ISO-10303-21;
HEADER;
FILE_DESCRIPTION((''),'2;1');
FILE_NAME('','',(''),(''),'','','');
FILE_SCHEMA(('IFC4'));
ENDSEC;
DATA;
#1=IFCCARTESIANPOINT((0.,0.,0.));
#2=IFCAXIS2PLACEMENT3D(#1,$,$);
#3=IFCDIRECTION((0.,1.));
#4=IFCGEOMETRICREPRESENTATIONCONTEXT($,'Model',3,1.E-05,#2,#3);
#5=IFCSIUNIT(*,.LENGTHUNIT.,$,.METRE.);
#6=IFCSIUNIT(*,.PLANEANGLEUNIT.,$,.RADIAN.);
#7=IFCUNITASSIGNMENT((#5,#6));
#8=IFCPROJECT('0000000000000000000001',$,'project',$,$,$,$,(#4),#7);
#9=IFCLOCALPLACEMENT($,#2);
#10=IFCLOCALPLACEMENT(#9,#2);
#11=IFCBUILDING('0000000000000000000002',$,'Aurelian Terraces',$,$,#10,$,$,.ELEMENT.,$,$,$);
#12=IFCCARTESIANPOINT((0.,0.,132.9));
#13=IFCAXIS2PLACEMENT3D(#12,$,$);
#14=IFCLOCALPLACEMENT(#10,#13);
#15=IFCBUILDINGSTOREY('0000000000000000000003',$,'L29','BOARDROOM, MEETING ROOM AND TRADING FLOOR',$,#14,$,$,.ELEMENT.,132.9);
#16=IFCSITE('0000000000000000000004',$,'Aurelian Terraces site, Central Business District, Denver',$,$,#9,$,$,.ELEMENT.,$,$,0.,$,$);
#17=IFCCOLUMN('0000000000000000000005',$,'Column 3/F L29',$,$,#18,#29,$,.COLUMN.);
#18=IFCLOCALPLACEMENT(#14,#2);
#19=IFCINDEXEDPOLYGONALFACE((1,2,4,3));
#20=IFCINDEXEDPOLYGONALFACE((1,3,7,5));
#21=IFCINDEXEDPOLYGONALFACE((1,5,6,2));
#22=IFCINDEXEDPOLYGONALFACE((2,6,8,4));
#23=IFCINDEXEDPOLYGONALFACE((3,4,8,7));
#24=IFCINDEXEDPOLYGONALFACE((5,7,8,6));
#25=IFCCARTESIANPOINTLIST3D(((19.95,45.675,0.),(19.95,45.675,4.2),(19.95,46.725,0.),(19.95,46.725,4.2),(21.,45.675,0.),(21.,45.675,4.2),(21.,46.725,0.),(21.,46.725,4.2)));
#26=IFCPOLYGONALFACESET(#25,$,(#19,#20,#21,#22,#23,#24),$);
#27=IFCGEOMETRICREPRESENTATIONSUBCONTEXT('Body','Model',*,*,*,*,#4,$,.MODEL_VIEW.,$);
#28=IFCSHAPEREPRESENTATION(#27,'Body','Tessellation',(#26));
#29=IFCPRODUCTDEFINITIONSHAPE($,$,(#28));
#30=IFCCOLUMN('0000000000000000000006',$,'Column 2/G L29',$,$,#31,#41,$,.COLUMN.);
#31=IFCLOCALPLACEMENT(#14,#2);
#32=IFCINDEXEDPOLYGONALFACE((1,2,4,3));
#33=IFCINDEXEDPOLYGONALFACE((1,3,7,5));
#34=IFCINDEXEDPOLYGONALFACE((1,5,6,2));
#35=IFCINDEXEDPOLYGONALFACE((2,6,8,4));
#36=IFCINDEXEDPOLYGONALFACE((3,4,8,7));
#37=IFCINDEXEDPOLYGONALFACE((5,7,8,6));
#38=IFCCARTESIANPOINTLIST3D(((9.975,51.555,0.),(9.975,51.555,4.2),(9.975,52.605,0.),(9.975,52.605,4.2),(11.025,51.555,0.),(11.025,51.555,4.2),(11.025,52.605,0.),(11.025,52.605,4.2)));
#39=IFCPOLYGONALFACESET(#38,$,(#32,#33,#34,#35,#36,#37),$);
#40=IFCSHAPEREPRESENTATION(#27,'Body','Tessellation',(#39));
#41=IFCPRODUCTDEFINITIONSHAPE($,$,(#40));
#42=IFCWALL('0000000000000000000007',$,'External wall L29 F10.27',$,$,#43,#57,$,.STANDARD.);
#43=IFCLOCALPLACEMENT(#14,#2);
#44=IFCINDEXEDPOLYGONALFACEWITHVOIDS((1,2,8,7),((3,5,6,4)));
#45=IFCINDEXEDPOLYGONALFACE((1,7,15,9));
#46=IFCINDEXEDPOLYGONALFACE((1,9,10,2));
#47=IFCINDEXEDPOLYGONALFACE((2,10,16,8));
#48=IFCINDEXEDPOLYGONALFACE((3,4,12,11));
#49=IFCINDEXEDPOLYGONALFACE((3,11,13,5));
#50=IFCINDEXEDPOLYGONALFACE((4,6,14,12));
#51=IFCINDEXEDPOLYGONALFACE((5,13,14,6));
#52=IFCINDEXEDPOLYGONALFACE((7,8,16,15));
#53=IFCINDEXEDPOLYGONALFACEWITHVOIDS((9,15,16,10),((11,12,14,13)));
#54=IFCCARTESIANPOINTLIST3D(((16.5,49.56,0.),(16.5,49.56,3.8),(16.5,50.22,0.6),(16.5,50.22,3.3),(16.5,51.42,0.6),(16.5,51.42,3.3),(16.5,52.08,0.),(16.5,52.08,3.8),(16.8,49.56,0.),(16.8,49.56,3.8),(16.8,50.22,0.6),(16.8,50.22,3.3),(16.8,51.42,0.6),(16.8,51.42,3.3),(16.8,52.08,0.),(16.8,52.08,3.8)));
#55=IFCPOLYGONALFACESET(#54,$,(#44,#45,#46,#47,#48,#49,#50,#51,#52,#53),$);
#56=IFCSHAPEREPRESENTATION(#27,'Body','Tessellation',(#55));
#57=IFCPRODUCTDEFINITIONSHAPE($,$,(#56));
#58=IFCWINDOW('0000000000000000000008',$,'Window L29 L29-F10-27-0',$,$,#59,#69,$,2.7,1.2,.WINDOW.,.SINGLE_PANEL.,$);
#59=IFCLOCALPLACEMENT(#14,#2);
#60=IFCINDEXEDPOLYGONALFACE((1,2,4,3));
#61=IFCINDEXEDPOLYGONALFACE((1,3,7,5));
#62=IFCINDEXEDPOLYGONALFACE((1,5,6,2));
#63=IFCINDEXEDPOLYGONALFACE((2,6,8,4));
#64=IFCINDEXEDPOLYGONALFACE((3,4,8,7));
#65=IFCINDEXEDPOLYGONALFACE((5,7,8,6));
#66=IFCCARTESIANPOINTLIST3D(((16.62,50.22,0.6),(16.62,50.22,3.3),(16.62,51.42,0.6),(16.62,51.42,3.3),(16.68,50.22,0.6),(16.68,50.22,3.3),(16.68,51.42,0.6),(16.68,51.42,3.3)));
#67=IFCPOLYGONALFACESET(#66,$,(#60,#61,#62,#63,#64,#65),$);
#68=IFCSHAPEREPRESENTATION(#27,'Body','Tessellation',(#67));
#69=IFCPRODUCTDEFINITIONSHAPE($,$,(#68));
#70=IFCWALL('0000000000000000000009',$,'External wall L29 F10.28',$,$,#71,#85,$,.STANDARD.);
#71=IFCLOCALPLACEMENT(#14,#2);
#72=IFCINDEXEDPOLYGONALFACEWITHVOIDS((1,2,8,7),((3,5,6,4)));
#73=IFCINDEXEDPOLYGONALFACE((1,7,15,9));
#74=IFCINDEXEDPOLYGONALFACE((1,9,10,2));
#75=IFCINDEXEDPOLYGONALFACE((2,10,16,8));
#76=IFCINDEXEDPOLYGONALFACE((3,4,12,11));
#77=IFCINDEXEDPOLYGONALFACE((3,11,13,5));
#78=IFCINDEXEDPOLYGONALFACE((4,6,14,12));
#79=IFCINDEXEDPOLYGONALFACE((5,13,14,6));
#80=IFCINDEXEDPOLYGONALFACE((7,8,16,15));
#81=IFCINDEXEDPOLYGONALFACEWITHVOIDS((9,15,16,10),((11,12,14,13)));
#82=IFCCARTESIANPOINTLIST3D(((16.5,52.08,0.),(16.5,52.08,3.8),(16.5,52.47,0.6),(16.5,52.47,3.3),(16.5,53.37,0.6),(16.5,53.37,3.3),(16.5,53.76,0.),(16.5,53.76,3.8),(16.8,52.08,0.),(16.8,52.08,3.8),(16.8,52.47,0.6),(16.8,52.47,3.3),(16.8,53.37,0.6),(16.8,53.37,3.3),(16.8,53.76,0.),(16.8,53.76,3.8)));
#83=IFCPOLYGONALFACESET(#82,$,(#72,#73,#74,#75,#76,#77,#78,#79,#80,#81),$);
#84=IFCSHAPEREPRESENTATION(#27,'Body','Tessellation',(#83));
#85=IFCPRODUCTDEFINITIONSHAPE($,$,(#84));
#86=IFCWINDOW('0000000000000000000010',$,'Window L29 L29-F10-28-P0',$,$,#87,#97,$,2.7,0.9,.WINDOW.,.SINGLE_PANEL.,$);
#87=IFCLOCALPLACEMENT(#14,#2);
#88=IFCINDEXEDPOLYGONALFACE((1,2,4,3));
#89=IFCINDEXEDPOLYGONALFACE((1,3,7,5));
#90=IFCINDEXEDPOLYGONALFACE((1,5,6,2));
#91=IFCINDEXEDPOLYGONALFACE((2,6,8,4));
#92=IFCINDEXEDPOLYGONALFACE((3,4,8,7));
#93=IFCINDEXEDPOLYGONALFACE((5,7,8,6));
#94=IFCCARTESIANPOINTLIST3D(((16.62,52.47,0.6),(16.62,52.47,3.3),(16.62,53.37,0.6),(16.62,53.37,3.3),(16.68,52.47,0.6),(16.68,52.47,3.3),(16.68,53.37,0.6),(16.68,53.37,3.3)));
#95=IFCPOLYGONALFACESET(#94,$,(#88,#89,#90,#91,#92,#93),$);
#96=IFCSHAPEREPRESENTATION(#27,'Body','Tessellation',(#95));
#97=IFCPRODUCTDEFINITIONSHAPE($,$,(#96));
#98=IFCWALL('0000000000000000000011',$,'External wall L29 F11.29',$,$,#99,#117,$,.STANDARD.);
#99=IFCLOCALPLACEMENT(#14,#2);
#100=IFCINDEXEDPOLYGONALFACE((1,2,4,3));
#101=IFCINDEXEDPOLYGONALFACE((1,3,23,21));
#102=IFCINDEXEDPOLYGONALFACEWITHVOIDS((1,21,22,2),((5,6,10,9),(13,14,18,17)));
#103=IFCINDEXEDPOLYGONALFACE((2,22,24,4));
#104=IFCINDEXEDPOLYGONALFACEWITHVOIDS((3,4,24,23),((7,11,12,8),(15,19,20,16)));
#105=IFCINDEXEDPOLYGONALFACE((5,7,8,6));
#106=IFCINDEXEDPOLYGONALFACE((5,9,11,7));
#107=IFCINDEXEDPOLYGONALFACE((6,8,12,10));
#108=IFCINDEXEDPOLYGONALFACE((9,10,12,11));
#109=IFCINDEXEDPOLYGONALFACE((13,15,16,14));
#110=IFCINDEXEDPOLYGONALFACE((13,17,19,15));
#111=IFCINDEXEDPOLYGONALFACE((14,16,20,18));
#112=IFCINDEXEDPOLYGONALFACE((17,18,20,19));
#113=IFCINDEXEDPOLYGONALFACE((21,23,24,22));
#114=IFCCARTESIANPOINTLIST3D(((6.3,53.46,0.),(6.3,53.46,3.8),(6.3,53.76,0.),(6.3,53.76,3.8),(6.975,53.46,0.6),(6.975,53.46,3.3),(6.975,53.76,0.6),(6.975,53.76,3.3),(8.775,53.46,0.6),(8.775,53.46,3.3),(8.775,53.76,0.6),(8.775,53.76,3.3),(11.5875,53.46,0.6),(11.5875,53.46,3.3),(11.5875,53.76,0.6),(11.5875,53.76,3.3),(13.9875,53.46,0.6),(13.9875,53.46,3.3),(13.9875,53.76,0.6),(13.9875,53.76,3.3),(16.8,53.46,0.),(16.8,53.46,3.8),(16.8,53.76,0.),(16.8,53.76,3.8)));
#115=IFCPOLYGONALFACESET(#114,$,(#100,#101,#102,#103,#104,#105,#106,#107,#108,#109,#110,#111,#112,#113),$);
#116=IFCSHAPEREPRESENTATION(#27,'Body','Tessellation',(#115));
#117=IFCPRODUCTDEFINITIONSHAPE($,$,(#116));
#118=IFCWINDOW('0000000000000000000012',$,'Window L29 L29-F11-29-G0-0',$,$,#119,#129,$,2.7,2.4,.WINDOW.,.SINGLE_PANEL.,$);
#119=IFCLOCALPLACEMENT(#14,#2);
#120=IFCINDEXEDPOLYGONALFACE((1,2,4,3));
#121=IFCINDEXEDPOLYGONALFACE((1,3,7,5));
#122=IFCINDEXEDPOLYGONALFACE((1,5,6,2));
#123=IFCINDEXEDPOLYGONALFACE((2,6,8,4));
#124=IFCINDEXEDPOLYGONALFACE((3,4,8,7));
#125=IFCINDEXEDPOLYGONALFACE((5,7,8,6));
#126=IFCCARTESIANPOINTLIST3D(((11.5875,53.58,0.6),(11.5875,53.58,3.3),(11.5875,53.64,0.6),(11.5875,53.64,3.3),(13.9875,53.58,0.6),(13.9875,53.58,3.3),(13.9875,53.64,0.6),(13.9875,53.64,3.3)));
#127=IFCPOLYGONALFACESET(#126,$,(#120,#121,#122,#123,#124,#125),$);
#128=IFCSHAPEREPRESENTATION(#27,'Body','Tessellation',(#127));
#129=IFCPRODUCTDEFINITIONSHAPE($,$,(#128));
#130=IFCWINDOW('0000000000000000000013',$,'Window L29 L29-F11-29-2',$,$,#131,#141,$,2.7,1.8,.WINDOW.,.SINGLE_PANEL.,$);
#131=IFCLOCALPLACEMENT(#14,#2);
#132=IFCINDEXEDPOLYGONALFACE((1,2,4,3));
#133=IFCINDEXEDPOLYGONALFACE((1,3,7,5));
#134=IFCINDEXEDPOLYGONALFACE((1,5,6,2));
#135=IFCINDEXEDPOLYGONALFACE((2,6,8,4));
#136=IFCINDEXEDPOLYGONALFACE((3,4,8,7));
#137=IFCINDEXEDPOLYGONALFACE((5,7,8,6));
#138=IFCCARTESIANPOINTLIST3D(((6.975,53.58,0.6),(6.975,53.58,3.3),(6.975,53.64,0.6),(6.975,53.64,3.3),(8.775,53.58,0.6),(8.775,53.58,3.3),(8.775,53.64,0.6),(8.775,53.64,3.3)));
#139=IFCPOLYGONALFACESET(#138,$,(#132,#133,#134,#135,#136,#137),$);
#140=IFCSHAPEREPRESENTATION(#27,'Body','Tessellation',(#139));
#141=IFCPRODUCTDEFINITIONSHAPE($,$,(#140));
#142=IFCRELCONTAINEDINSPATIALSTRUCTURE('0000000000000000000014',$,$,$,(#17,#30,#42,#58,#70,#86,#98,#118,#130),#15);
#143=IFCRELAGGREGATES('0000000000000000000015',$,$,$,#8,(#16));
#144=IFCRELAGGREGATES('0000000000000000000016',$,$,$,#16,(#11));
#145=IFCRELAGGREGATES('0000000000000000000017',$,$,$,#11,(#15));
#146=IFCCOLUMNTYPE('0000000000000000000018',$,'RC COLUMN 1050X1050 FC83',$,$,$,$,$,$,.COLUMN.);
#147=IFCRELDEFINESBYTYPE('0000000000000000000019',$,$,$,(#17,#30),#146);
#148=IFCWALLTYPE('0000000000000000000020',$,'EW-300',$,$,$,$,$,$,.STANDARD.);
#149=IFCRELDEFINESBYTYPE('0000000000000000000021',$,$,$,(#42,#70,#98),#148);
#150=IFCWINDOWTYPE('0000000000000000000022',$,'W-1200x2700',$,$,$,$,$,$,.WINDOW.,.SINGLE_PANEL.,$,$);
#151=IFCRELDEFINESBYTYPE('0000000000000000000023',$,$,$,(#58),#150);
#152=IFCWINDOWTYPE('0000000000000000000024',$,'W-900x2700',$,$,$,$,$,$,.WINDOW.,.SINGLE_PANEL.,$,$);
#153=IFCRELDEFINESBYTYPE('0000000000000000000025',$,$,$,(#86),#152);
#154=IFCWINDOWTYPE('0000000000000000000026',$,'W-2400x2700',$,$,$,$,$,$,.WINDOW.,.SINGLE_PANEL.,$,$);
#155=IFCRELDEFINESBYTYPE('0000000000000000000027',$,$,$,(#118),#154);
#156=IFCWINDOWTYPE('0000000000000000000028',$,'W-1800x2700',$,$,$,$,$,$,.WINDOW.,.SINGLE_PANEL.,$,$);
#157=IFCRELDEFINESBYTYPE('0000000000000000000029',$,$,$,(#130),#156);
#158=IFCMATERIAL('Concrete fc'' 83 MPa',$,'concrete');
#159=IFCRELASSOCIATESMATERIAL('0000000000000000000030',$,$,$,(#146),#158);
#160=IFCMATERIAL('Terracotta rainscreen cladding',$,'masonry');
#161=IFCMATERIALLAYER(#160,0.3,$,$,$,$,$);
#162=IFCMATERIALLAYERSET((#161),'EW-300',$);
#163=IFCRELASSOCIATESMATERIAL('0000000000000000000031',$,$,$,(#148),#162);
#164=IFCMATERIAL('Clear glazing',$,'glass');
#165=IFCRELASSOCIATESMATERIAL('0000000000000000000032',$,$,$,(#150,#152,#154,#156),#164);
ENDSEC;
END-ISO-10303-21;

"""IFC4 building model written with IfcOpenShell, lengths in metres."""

from ifc_helpers import new_model, si_unit, direction, frame, frame_2d, origin, origin_2d, place, context, subcontext, project, spatial, rectangle, extrude, source, transform, mapped, material, layer, layer_set, material_profile, profile_set, type_object, element, fill, save


model = new_model("IFC4")

# Units and contexts
model_context = context("Model", 3, precision=1e-05, world=origin(), true_north=direction((0.0, 1.0)))
body_context = subcontext(model_context, "Body", "Model", "MODEL_VIEW")
ifc_project = project(units=[si_unit("LENGTHUNIT", "METRE"), si_unit("PLANEANGLEUNIT", "RADIAN")], contexts=[model_context])

# Site, building, storey
site_placement = place(None, origin())
site = spatial("IfcSite", under=ifc_project, at=site_placement, Name="Aurelian Terraces site, Central Business District, Denver", CompositionType="ELEMENT", RefElevation=0.0)
building_placement = place(site_placement, origin())
building = spatial("IfcBuilding", under=site, at=building_placement, Name="Aurelian Terraces", CompositionType="ELEMENT")
storey_placement = place(building_placement, frame((0.0, 0.0, 132.9)))
storey = spatial("IfcBuildingStorey", under=building, at=storey_placement, Name="L29", Description="BOARDROOM, MEETING ROOM AND TRADING FLOOR", CompositionType="ELEMENT", Elevation=132.9)

# Columns
ifc_material_1 = material(Name="Concrete fc' 83 MPa", Category="concrete")
ifc_material_profile = material_profile(ifc_material_1, rectangle(XDim=1.05, YDim=1.05, at=origin_2d()))
ifc_profile_set = profile_set([ifc_material_profile], Name="Concrete fc' 83 MPa")
column_type = type_object("IfcColumnType", Name="RC COLUMN 1050X1050 FC83", PredefinedType="COLUMN", material=ifc_profile_set)
shared_shape_1 = source(origin(), body_context, "Body", "SweptSolid", [
    extrude(rectangle(XDim=1.05, YDim=1.05, at=origin_2d()), origin(), (0.0, 0.0, 1.0), 4.2),
])
for number, where, z_axis, x_axis, name in (
    (1, (20.475, 46.2, 0.0), (0.0, 0.0, 1.0), (1.0, 0.0, 0.0), "Column 3/F L29"),
    (2, (10.5, 52.08, 0.0), (0.0, 0.0, 1.0), (1.0, 0.0, 0.0), "Column 2/G L29"),
):
    element("IfcColumn", number, at=place(storey_placement, frame(where, z_axis=z_axis, x_axis=x_axis)), inside=storey, type_object=column_type, Name=name, PredefinedType="COLUMN", context=body_context, shape_type="MappedRepresentation", body=[
        mapped(shared_shape_1, transform((0.0, 0.0, 0.0), scale=1.0)),
    ])

# Walls, openings, windows
ifc_material_2 = material(Name="Terracotta rainscreen cladding", Category="masonry")
ifc_layer_1 = layer(ifc_material_2, 0.3)
ifc_layer_set_1 = layer_set([ifc_layer_1], Name="EW-300")
wall_type_1 = type_object("IfcWallType", Name="EW-300", PredefinedType="STANDARD", material=ifc_layer_set_1)
shared_shape_2 = source(origin(), body_context, "Body", "SweptSolid", [
    extrude(rectangle(XDim=2.52, YDim=0.3, at=frame_2d((1.26, 0.0))), origin(), (0.0, 0.0, 1.0), 3.8),
])
wall_1_placement = place(storey_placement, frame((16.65, 49.56, 0.0), z_axis=(0.0, 0.0, 1.0), x_axis=(0.0, 1.0, 0.0)))
wall_1 = element("IfcWall", 3, at=wall_1_placement, inside=storey, type_object=wall_type_1, Name="External wall L29 F10.27", PredefinedType="STANDARD", context=body_context, shape_type="MappedRepresentation", body=[
    mapped(shared_shape_2, transform((0.0, 0.0, 0.0), scale=1.0)),
])
shared_shape_3 = source(origin(), body_context, "Body", "SweptSolid", [
    extrude(rectangle(XDim=1.2, YDim=2.7, at=frame_2d((0.6, 1.35))), frame((0.0, 0.16, 0.0), z_axis=(0.0, -1.0, 0.0), x_axis=(1.0, 0.0, 0.0)), (0.0, 0.0, 1.0), 0.32),
])
opening_1_placement = place(wall_1_placement, frame((0.66, 0.0, 0.6)))
opening_1 = element("IfcOpeningElement", 4, at=opening_1_placement, cuts=wall_1, PredefinedType="OPENING", context=body_context, shape_type="MappedRepresentation", body=[
    mapped(shared_shape_3, transform((0.0, 0.0, 0.0), scale=1.0)),
])
ifc_material_3 = material(Name="Clear glazing", Category="glass")
window_type_1 = type_object("IfcWindowType", Name="W-1200x2700", PartitioningType="SINGLE_PANEL", PredefinedType="WINDOW", material=ifc_material_3)
shared_shape_4 = source(origin(), body_context, "Body", "SweptSolid", [
    extrude(rectangle(XDim=1.2, YDim=2.7, at=frame_2d((0.6, 1.35))), frame((0.0, 0.03, 0.0), z_axis=(0.0, -1.0, 0.0), x_axis=(1.0, 0.0, 0.0)), (0.0, 0.0, 1.0), 0.06),
])
window_1_placement = place(opening_1_placement, origin())
window_1 = element("IfcWindow", 5, at=window_1_placement, inside=storey, type_object=window_type_1, Name="Window L29 L29-F10-27-0", OverallHeight=2.7, OverallWidth=1.2, PartitioningType="SINGLE_PANEL", PredefinedType="WINDOW", context=body_context, shape_type="MappedRepresentation", body=[
    mapped(shared_shape_4, transform((0.0, 0.0, 0.0), scale=1.0)),
])
fill(opening_1, window_1)
shared_shape_5 = source(origin(), body_context, "Body", "SweptSolid", [
    extrude(rectangle(XDim=1.68, YDim=0.3, at=frame_2d((0.84, 0.0))), origin(), (0.0, 0.0, 1.0), 3.8),
])
wall_2_placement = place(storey_placement, frame((16.65, 52.08, 0.0), z_axis=(0.0, 0.0, 1.0), x_axis=(0.0, 1.0, 0.0)))
wall_2 = element("IfcWall", 6, at=wall_2_placement, inside=storey, type_object=wall_type_1, Name="External wall L29 F10.28", PredefinedType="STANDARD", context=body_context, shape_type="MappedRepresentation", body=[
    mapped(shared_shape_5, transform((0.0, 0.0, 0.0), scale=1.0)),
])
shared_shape_6 = source(origin(), body_context, "Body", "SweptSolid", [
    extrude(rectangle(XDim=0.9, YDim=2.7, at=frame_2d((0.45, 1.35))), frame((0.0, 0.16, 0.0), z_axis=(0.0, -1.0, 0.0), x_axis=(1.0, 0.0, 0.0)), (0.0, 0.0, 1.0), 0.32),
])
opening_2_placement = place(wall_2_placement, frame((0.39, 0.0, 0.6)))
opening_2 = element("IfcOpeningElement", 7, at=opening_2_placement, cuts=wall_2, PredefinedType="OPENING", context=body_context, shape_type="MappedRepresentation", body=[
    mapped(shared_shape_6, transform((0.0, 0.0, 0.0), scale=1.0)),
])
window_type_2 = type_object("IfcWindowType", Name="W-900x2700", PartitioningType="SINGLE_PANEL", PredefinedType="WINDOW", material=ifc_material_3)
shared_shape_7 = source(origin(), body_context, "Body", "SweptSolid", [
    extrude(rectangle(XDim=0.9, YDim=2.7, at=frame_2d((0.45, 1.35))), frame((0.0, 0.03, 0.0), z_axis=(0.0, -1.0, 0.0), x_axis=(1.0, 0.0, 0.0)), (0.0, 0.0, 1.0), 0.06),
])
window_2_placement = place(opening_2_placement, origin())
window_2 = element("IfcWindow", 8, at=window_2_placement, inside=storey, type_object=window_type_2, Name="Window L29 L29-F10-28-P0", OverallHeight=2.7, OverallWidth=0.9, PartitioningType="SINGLE_PANEL", PredefinedType="WINDOW", context=body_context, shape_type="MappedRepresentation", body=[
    mapped(shared_shape_7, transform((0.0, 0.0, 0.0), scale=1.0)),
])
fill(opening_2, window_2)

# Wall, openings, windows
shared_shape_8 = source(origin(), body_context, "Body", "SweptSolid", [
    extrude(rectangle(XDim=10.5, YDim=0.3, at=frame_2d((5.25, 0.0))), origin(), (0.0, 0.0, 1.0), 3.8),
])
wall_3_placement = place(storey_placement, frame((16.8, 53.61, 0.0), z_axis=(0.0, 0.0, 1.0), x_axis=(-1.0, 0.0, 0.0)))
wall_3 = element("IfcWall", 9, at=wall_3_placement, inside=storey, type_object=wall_type_1, Name="External wall L29 F11.29", PredefinedType="STANDARD", context=body_context, shape_type="MappedRepresentation", body=[
    mapped(shared_shape_8, transform((0.0, 0.0, 0.0), scale=1.0)),
])
shared_shape_9 = source(origin(), body_context, "Body", "SweptSolid", [
    extrude(rectangle(XDim=1.8, YDim=2.7, at=frame_2d((0.9, 1.35))), frame((0.0, 0.16, 0.0), z_axis=(0.0, -1.0, 0.0), x_axis=(1.0, 0.0, 0.0)), (0.0, 0.0, 1.0), 0.32),
])
opening_3_placement = place(wall_3_placement, frame((8.025, 0.0, 0.6)))
opening_3 = element("IfcOpeningElement", 10, at=opening_3_placement, cuts=wall_3, PredefinedType="OPENING", context=body_context, shape_type="MappedRepresentation", body=[
    mapped(shared_shape_9, transform((0.0, 0.0, 0.0), scale=1.0)),
])
shared_shape_10 = source(origin(), body_context, "Body", "SweptSolid", [
    extrude(rectangle(XDim=2.4, YDim=2.7, at=frame_2d((1.2, 1.35))), frame((0.0, 0.16, 0.0), z_axis=(0.0, -1.0, 0.0), x_axis=(1.0, 0.0, 0.0)), (0.0, 0.0, 1.0), 0.32),
])
opening_4_placement = place(wall_3_placement, frame((2.8125, 0.0, 0.6)))
opening_4 = element("IfcOpeningElement", 11, at=opening_4_placement, cuts=wall_3, PredefinedType="OPENING", context=body_context, shape_type="MappedRepresentation", body=[
    mapped(shared_shape_10, transform((0.0, 0.0, 0.0), scale=1.0)),
])
window_type_3 = type_object("IfcWindowType", Name="W-2400x2700", PartitioningType="SINGLE_PANEL", PredefinedType="WINDOW", material=ifc_material_3)
shared_shape_11 = source(origin(), body_context, "Body", "SweptSolid", [
    extrude(rectangle(XDim=2.4, YDim=2.7, at=frame_2d((1.2, 1.35))), frame((0.0, 0.03, 0.0), z_axis=(0.0, -1.0, 0.0), x_axis=(1.0, 0.0, 0.0)), (0.0, 0.0, 1.0), 0.06),
])
window_3_placement = place(opening_4_placement, origin())
window_3 = element("IfcWindow", 12, at=window_3_placement, inside=storey, type_object=window_type_3, Name="Window L29 L29-F11-29-G0-0", OverallHeight=2.7, OverallWidth=2.4, PartitioningType="SINGLE_PANEL", PredefinedType="WINDOW", context=body_context, shape_type="MappedRepresentation", body=[
    mapped(shared_shape_11, transform((0.0, 0.0, 0.0), scale=1.0)),
])
fill(opening_4, window_3)
window_type_4 = type_object("IfcWindowType", Name="W-1800x2700", PartitioningType="SINGLE_PANEL", PredefinedType="WINDOW", material=ifc_material_3)
shared_shape_12 = source(origin(), body_context, "Body", "SweptSolid", [
    extrude(rectangle(XDim=1.8, YDim=2.7, at=frame_2d((0.9, 1.35))), frame((0.0, 0.03, 0.0), z_axis=(0.0, -1.0, 0.0), x_axis=(1.0, 0.0, 0.0)), (0.0, 0.0, 1.0), 0.06),
])
window_4_placement = place(opening_3_placement, origin())
window_4 = element("IfcWindow", 13, at=window_4_placement, inside=storey, type_object=window_type_4, Name="Window L29 L29-F11-29-2", OverallHeight=2.7, OverallWidth=1.8, PartitioningType="SINGLE_PANEL", PredefinedType="WINDOW", context=body_context, shape_type="MappedRepresentation", body=[
    mapped(shared_shape_12, transform((0.0, 0.0, 0.0), scale=1.0)),
])
fill(opening_3, window_4)

save(model, "model.ifc")
